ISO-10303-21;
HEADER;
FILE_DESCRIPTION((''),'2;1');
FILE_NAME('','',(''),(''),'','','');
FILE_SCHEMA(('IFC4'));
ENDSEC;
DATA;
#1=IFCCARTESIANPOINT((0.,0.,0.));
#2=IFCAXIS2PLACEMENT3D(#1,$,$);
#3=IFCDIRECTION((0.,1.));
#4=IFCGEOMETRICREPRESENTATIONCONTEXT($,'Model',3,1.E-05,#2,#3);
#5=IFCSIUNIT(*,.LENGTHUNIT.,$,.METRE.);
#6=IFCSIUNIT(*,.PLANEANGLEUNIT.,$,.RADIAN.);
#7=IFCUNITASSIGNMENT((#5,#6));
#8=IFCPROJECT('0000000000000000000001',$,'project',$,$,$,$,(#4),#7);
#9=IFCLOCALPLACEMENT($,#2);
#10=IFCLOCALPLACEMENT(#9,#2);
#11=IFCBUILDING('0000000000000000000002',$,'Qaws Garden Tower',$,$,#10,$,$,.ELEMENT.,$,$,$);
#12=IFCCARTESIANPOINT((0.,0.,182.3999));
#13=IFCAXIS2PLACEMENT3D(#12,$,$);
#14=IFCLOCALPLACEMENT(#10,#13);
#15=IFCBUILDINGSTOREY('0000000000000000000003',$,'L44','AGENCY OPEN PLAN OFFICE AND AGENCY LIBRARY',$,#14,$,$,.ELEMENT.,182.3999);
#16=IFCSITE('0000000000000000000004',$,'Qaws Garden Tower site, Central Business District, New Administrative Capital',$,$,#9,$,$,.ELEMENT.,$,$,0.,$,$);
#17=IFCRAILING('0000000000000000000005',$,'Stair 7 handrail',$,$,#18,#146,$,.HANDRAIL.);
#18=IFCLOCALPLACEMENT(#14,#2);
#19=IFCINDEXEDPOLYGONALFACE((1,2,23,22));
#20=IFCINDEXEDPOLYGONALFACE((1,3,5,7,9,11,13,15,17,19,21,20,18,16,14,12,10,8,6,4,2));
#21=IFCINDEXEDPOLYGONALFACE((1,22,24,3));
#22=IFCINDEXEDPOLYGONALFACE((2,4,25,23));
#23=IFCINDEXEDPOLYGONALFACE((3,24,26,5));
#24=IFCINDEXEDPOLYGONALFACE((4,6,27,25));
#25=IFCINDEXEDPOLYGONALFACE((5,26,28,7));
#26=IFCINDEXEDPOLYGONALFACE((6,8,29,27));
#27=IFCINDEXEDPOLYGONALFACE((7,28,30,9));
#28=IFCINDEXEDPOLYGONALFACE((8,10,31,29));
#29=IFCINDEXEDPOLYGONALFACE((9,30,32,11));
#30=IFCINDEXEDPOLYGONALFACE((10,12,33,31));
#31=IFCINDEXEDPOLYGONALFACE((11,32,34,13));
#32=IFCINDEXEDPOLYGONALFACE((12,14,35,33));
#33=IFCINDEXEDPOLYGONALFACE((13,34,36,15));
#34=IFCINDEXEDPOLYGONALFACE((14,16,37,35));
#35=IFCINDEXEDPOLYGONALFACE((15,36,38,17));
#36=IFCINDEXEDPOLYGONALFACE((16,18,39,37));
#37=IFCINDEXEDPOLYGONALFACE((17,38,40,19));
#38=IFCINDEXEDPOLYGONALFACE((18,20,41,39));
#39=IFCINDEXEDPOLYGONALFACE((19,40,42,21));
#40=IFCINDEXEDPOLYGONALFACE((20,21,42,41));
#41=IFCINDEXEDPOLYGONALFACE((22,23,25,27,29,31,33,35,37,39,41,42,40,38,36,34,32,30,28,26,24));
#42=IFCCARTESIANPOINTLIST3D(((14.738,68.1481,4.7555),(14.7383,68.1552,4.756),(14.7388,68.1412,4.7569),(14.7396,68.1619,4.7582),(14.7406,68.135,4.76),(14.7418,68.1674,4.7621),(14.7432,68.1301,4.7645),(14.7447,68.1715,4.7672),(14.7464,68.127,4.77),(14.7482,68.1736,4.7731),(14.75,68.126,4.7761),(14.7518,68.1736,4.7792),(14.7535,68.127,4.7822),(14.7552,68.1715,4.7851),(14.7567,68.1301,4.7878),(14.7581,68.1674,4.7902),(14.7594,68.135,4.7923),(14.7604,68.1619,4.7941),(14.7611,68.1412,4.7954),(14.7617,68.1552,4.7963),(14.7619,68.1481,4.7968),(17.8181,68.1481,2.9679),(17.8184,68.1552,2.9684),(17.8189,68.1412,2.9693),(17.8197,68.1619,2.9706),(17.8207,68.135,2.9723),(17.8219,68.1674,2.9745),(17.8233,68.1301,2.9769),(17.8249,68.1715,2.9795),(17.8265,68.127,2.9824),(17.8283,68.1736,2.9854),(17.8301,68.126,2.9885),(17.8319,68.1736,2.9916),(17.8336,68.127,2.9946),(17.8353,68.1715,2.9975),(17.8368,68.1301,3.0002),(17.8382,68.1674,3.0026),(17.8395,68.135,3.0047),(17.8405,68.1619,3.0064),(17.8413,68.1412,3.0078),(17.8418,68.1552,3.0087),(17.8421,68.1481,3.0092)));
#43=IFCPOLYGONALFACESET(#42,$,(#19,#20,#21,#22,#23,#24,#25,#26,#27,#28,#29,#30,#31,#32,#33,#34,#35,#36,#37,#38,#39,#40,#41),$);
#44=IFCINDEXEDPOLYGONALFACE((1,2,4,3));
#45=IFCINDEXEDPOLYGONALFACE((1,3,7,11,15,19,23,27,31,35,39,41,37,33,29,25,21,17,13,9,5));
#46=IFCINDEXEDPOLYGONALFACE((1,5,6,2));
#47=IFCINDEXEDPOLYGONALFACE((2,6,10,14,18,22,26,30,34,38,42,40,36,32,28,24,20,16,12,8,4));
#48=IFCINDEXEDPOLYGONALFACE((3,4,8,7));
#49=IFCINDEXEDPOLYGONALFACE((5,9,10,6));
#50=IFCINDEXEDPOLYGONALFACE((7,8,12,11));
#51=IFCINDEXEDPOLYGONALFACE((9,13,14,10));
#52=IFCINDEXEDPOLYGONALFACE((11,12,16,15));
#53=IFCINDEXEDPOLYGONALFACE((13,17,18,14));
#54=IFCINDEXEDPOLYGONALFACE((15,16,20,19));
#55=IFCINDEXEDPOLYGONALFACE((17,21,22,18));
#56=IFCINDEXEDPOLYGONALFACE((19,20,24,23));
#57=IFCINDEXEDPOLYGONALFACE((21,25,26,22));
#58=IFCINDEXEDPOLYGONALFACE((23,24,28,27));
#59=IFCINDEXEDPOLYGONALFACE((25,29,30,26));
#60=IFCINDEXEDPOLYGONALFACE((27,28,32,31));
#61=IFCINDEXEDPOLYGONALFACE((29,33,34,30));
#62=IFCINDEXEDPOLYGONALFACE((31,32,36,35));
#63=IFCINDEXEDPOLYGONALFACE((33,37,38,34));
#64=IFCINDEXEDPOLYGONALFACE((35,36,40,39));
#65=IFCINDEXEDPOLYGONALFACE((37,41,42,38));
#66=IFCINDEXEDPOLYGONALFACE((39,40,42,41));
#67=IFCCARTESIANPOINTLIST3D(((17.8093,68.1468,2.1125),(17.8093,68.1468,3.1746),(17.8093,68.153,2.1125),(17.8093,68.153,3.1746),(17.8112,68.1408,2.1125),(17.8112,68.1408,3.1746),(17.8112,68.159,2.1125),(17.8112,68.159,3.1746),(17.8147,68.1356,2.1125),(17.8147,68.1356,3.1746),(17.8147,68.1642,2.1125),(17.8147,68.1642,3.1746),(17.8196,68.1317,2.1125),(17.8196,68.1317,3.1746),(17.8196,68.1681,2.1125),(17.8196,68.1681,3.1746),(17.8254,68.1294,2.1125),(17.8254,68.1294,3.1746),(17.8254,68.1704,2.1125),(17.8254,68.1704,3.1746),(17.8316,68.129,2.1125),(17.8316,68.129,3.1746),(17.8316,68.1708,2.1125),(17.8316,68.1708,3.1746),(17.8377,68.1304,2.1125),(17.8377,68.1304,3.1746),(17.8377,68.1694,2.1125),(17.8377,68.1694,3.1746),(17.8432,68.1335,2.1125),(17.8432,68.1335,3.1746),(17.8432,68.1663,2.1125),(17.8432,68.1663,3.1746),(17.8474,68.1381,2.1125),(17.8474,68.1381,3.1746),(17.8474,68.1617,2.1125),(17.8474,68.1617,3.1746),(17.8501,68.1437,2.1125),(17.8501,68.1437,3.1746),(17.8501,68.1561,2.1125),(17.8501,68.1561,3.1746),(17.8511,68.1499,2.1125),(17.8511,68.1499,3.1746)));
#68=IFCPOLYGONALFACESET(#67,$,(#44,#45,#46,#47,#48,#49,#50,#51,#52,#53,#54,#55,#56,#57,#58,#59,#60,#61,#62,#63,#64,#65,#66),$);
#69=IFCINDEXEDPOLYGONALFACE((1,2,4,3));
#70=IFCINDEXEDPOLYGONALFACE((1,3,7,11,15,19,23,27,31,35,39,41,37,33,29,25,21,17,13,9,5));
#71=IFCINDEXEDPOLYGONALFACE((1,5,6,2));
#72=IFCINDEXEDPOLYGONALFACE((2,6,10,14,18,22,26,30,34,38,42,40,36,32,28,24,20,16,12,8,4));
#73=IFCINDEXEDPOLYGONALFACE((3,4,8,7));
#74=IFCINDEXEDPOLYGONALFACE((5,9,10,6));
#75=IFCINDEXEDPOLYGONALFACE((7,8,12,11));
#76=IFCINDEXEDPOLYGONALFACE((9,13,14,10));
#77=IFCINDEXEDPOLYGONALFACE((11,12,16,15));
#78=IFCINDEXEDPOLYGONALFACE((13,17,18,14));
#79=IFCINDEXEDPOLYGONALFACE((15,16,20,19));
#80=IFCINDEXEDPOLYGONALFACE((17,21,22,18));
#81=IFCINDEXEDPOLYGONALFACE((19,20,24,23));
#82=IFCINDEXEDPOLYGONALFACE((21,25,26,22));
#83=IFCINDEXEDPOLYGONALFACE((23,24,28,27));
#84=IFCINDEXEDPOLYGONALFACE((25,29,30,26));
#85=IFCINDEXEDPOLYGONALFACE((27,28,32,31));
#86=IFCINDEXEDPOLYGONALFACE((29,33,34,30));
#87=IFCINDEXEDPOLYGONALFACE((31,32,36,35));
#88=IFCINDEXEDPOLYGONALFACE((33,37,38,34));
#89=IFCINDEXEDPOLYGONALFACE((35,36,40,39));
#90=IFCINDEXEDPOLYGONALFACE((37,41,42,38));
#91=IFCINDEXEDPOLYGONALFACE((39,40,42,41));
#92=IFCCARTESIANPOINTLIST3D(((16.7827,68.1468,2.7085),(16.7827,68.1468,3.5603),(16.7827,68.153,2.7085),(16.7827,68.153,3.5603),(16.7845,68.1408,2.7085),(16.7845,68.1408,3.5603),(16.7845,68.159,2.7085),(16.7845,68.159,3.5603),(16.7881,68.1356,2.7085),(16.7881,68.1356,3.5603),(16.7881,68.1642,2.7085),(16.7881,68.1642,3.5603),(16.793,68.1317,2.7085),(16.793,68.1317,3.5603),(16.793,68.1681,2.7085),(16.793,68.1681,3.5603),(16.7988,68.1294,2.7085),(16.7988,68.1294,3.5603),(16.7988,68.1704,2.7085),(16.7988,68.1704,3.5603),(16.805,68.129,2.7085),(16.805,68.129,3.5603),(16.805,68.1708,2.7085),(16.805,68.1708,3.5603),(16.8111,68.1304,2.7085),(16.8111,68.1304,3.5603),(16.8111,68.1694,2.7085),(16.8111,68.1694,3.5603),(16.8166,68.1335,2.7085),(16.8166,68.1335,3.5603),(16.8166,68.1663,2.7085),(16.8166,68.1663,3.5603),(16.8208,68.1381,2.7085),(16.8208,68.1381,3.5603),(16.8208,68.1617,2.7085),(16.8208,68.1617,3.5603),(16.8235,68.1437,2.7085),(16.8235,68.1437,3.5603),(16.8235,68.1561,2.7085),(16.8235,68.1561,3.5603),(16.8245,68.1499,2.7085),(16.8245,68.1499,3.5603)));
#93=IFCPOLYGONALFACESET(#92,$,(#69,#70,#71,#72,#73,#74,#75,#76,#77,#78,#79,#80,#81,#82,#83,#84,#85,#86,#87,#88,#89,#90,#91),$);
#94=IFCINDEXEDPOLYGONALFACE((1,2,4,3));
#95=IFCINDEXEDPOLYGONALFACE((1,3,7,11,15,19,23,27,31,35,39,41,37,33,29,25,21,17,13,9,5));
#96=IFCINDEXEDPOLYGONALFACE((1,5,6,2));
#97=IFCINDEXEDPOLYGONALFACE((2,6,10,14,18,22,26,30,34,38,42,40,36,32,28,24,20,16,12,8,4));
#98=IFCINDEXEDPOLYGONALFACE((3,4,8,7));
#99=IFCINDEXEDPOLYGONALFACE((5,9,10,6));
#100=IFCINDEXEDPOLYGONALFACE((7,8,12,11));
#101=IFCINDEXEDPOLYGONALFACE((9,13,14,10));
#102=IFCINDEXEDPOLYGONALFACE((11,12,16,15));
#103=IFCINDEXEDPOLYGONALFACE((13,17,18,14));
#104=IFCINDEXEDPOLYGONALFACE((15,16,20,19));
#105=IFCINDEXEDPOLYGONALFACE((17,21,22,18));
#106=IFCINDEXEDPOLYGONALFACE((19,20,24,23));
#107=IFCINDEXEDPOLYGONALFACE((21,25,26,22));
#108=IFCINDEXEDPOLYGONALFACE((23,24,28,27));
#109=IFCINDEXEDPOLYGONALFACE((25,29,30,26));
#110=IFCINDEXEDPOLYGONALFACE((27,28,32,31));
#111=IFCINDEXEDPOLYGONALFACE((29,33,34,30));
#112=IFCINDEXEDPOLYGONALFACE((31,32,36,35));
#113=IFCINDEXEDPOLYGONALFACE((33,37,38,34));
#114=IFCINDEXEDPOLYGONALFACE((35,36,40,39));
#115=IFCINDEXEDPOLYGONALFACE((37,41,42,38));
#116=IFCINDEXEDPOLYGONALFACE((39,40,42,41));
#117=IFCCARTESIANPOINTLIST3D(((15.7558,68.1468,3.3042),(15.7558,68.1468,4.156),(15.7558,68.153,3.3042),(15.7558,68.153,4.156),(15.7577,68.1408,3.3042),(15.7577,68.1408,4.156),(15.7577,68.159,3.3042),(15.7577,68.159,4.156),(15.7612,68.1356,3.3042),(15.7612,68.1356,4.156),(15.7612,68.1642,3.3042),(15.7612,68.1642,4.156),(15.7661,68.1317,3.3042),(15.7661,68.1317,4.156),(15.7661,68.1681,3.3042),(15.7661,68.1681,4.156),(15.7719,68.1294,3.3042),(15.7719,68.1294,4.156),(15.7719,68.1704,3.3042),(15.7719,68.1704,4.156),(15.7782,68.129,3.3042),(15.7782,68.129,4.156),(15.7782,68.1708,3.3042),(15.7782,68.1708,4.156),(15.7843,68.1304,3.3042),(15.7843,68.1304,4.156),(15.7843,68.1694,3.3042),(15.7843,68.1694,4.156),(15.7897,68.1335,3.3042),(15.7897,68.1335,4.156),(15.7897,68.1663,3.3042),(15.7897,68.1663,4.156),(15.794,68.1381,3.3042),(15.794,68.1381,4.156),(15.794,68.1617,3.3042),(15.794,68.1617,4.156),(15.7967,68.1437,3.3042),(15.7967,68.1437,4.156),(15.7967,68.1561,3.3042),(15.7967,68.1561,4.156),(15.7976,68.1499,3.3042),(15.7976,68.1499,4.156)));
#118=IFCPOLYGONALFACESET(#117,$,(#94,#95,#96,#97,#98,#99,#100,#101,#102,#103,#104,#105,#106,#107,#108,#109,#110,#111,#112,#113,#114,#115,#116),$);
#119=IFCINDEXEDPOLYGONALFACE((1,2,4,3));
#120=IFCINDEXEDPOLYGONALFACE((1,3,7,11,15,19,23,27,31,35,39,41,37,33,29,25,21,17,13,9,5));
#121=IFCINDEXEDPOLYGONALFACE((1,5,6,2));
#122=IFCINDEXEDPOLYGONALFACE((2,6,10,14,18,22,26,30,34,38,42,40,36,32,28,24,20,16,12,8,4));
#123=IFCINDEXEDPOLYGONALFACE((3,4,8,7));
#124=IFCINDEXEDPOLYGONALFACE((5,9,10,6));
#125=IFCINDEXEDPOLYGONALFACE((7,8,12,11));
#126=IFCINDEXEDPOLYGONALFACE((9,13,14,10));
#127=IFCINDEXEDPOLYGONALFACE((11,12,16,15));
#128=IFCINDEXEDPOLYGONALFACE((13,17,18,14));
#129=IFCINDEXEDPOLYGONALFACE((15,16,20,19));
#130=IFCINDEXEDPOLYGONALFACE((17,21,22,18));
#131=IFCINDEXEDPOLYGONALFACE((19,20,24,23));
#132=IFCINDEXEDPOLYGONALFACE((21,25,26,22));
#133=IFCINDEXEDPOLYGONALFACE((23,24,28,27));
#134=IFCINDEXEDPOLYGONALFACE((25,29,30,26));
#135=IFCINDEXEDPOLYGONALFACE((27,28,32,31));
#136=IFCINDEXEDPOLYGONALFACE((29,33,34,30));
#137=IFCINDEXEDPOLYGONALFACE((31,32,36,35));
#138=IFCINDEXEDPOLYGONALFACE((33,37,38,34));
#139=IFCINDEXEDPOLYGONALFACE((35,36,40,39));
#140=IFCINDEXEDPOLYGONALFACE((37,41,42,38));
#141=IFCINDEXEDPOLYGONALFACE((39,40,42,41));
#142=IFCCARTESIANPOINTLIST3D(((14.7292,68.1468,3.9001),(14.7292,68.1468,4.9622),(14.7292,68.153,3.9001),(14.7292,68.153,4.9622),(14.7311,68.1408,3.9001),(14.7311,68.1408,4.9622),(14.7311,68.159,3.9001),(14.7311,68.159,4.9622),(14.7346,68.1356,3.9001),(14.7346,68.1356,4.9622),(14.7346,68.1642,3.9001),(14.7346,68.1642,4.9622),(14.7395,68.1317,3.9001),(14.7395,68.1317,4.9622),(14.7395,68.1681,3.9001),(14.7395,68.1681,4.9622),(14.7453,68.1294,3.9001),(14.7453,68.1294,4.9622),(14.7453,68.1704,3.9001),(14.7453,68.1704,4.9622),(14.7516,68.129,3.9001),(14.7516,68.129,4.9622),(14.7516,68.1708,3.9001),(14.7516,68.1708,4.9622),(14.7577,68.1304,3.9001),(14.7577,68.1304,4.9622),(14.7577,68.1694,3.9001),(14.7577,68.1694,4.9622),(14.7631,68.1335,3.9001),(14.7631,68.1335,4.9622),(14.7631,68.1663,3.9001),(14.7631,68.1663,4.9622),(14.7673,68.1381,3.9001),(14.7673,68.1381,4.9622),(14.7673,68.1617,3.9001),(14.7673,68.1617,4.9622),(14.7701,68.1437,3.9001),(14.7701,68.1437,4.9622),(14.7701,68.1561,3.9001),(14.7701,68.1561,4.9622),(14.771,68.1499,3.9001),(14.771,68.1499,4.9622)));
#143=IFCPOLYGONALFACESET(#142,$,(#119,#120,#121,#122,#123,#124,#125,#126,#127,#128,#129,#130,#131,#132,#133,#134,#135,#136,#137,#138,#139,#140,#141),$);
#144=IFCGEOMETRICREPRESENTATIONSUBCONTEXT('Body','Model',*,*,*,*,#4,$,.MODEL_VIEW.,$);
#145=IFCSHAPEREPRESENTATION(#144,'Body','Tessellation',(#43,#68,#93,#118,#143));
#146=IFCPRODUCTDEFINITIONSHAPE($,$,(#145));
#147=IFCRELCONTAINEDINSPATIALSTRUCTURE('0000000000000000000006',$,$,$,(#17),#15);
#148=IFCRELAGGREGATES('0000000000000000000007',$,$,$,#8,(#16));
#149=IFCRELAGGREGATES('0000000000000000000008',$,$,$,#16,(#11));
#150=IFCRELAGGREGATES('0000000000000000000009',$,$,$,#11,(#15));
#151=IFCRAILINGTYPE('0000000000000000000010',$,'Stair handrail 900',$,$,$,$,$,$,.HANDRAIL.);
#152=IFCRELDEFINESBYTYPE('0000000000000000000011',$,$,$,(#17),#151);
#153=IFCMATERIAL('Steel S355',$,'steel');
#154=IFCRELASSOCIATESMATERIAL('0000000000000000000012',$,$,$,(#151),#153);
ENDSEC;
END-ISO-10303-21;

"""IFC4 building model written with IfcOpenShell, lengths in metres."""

from ifc_helpers import new_model, si_unit, direction, frame, origin, origin_2d, place, context, subcontext, project, spatial, circle, extrude, material, type_object, element, save


model = new_model("IFC4")

# Units and contexts
model_context = context("Model", 3, precision=1e-05, world=origin(), true_north=direction((0.0, 1.0)))
body_context = subcontext(model_context, "Body", "Model", "MODEL_VIEW")
ifc_project = project(units=[si_unit("LENGTHUNIT", "METRE"), si_unit("PLANEANGLEUNIT", "RADIAN")], contexts=[model_context])

# Site, building, storey
site_placement = place(None, origin())
site = spatial("IfcSite", under=ifc_project, at=site_placement, Name="Qaws Garden Tower site, Central Business District, New Administrative Capital", CompositionType="ELEMENT", RefElevation=0.0)
building_placement = place(site_placement, origin())
building = spatial("IfcBuilding", under=site, at=building_placement, Name="Qaws Garden Tower", CompositionType="ELEMENT")
storey_placement = place(building_placement, frame((0.0, 0.0, 182.3999)))
storey = spatial("IfcBuildingStorey", under=building, at=storey_placement, Name="L44", Description="AGENCY OPEN PLAN OFFICE AND AGENCY LIBRARY", CompositionType="ELEMENT", Elevation=182.3999)

# Railing
ifc_material_1 = material(Name="Steel S355", Category="steel")
railing_type = type_object("IfcRailingType", Name="Stair handrail 900", PredefinedType="HANDRAIL", material=ifc_material_1)
railing_placement = place(storey_placement, frame((17.8301, 68.1499, 2.1125)))
element("IfcRailing", 1, at=railing_placement, inside=storey, type_object=railing_type, Name="Stair 7 handrail", PredefinedType="HANDRAIL", context=body_context, shape_type="SweptSolid", body=[
    extrude(circle(Radius=0.0239, at=origin_2d()), frame((0.0, 0.0, 0.876), z_axis=(-0.864891, 0.0, 0.50196), x_axis=(0.0, -1.0, 0.0)), (0.0, 0.0, 1.0), 3.5613),
    extrude(circle(Radius=0.021, at=origin_2d()), origin(), (0.0, 0.0, 1.0), 1.062),
    extrude(circle(Radius=0.021, at=origin_2d()), frame((-1.0266, 0.0, 0.5959)), (0.0, 0.0, 1.0), 0.8518),
    extrude(circle(Radius=0.021, at=origin_2d()), frame((-2.0535, 0.0, 1.1917)), (0.0, 0.0, 1.0), 0.8518),
    extrude(circle(Radius=0.021, at=origin_2d()), frame((-3.0801, 0.0, 1.7876)), (0.0, 0.0, 1.0), 1.062),
])

save(model, "model.ifc")
